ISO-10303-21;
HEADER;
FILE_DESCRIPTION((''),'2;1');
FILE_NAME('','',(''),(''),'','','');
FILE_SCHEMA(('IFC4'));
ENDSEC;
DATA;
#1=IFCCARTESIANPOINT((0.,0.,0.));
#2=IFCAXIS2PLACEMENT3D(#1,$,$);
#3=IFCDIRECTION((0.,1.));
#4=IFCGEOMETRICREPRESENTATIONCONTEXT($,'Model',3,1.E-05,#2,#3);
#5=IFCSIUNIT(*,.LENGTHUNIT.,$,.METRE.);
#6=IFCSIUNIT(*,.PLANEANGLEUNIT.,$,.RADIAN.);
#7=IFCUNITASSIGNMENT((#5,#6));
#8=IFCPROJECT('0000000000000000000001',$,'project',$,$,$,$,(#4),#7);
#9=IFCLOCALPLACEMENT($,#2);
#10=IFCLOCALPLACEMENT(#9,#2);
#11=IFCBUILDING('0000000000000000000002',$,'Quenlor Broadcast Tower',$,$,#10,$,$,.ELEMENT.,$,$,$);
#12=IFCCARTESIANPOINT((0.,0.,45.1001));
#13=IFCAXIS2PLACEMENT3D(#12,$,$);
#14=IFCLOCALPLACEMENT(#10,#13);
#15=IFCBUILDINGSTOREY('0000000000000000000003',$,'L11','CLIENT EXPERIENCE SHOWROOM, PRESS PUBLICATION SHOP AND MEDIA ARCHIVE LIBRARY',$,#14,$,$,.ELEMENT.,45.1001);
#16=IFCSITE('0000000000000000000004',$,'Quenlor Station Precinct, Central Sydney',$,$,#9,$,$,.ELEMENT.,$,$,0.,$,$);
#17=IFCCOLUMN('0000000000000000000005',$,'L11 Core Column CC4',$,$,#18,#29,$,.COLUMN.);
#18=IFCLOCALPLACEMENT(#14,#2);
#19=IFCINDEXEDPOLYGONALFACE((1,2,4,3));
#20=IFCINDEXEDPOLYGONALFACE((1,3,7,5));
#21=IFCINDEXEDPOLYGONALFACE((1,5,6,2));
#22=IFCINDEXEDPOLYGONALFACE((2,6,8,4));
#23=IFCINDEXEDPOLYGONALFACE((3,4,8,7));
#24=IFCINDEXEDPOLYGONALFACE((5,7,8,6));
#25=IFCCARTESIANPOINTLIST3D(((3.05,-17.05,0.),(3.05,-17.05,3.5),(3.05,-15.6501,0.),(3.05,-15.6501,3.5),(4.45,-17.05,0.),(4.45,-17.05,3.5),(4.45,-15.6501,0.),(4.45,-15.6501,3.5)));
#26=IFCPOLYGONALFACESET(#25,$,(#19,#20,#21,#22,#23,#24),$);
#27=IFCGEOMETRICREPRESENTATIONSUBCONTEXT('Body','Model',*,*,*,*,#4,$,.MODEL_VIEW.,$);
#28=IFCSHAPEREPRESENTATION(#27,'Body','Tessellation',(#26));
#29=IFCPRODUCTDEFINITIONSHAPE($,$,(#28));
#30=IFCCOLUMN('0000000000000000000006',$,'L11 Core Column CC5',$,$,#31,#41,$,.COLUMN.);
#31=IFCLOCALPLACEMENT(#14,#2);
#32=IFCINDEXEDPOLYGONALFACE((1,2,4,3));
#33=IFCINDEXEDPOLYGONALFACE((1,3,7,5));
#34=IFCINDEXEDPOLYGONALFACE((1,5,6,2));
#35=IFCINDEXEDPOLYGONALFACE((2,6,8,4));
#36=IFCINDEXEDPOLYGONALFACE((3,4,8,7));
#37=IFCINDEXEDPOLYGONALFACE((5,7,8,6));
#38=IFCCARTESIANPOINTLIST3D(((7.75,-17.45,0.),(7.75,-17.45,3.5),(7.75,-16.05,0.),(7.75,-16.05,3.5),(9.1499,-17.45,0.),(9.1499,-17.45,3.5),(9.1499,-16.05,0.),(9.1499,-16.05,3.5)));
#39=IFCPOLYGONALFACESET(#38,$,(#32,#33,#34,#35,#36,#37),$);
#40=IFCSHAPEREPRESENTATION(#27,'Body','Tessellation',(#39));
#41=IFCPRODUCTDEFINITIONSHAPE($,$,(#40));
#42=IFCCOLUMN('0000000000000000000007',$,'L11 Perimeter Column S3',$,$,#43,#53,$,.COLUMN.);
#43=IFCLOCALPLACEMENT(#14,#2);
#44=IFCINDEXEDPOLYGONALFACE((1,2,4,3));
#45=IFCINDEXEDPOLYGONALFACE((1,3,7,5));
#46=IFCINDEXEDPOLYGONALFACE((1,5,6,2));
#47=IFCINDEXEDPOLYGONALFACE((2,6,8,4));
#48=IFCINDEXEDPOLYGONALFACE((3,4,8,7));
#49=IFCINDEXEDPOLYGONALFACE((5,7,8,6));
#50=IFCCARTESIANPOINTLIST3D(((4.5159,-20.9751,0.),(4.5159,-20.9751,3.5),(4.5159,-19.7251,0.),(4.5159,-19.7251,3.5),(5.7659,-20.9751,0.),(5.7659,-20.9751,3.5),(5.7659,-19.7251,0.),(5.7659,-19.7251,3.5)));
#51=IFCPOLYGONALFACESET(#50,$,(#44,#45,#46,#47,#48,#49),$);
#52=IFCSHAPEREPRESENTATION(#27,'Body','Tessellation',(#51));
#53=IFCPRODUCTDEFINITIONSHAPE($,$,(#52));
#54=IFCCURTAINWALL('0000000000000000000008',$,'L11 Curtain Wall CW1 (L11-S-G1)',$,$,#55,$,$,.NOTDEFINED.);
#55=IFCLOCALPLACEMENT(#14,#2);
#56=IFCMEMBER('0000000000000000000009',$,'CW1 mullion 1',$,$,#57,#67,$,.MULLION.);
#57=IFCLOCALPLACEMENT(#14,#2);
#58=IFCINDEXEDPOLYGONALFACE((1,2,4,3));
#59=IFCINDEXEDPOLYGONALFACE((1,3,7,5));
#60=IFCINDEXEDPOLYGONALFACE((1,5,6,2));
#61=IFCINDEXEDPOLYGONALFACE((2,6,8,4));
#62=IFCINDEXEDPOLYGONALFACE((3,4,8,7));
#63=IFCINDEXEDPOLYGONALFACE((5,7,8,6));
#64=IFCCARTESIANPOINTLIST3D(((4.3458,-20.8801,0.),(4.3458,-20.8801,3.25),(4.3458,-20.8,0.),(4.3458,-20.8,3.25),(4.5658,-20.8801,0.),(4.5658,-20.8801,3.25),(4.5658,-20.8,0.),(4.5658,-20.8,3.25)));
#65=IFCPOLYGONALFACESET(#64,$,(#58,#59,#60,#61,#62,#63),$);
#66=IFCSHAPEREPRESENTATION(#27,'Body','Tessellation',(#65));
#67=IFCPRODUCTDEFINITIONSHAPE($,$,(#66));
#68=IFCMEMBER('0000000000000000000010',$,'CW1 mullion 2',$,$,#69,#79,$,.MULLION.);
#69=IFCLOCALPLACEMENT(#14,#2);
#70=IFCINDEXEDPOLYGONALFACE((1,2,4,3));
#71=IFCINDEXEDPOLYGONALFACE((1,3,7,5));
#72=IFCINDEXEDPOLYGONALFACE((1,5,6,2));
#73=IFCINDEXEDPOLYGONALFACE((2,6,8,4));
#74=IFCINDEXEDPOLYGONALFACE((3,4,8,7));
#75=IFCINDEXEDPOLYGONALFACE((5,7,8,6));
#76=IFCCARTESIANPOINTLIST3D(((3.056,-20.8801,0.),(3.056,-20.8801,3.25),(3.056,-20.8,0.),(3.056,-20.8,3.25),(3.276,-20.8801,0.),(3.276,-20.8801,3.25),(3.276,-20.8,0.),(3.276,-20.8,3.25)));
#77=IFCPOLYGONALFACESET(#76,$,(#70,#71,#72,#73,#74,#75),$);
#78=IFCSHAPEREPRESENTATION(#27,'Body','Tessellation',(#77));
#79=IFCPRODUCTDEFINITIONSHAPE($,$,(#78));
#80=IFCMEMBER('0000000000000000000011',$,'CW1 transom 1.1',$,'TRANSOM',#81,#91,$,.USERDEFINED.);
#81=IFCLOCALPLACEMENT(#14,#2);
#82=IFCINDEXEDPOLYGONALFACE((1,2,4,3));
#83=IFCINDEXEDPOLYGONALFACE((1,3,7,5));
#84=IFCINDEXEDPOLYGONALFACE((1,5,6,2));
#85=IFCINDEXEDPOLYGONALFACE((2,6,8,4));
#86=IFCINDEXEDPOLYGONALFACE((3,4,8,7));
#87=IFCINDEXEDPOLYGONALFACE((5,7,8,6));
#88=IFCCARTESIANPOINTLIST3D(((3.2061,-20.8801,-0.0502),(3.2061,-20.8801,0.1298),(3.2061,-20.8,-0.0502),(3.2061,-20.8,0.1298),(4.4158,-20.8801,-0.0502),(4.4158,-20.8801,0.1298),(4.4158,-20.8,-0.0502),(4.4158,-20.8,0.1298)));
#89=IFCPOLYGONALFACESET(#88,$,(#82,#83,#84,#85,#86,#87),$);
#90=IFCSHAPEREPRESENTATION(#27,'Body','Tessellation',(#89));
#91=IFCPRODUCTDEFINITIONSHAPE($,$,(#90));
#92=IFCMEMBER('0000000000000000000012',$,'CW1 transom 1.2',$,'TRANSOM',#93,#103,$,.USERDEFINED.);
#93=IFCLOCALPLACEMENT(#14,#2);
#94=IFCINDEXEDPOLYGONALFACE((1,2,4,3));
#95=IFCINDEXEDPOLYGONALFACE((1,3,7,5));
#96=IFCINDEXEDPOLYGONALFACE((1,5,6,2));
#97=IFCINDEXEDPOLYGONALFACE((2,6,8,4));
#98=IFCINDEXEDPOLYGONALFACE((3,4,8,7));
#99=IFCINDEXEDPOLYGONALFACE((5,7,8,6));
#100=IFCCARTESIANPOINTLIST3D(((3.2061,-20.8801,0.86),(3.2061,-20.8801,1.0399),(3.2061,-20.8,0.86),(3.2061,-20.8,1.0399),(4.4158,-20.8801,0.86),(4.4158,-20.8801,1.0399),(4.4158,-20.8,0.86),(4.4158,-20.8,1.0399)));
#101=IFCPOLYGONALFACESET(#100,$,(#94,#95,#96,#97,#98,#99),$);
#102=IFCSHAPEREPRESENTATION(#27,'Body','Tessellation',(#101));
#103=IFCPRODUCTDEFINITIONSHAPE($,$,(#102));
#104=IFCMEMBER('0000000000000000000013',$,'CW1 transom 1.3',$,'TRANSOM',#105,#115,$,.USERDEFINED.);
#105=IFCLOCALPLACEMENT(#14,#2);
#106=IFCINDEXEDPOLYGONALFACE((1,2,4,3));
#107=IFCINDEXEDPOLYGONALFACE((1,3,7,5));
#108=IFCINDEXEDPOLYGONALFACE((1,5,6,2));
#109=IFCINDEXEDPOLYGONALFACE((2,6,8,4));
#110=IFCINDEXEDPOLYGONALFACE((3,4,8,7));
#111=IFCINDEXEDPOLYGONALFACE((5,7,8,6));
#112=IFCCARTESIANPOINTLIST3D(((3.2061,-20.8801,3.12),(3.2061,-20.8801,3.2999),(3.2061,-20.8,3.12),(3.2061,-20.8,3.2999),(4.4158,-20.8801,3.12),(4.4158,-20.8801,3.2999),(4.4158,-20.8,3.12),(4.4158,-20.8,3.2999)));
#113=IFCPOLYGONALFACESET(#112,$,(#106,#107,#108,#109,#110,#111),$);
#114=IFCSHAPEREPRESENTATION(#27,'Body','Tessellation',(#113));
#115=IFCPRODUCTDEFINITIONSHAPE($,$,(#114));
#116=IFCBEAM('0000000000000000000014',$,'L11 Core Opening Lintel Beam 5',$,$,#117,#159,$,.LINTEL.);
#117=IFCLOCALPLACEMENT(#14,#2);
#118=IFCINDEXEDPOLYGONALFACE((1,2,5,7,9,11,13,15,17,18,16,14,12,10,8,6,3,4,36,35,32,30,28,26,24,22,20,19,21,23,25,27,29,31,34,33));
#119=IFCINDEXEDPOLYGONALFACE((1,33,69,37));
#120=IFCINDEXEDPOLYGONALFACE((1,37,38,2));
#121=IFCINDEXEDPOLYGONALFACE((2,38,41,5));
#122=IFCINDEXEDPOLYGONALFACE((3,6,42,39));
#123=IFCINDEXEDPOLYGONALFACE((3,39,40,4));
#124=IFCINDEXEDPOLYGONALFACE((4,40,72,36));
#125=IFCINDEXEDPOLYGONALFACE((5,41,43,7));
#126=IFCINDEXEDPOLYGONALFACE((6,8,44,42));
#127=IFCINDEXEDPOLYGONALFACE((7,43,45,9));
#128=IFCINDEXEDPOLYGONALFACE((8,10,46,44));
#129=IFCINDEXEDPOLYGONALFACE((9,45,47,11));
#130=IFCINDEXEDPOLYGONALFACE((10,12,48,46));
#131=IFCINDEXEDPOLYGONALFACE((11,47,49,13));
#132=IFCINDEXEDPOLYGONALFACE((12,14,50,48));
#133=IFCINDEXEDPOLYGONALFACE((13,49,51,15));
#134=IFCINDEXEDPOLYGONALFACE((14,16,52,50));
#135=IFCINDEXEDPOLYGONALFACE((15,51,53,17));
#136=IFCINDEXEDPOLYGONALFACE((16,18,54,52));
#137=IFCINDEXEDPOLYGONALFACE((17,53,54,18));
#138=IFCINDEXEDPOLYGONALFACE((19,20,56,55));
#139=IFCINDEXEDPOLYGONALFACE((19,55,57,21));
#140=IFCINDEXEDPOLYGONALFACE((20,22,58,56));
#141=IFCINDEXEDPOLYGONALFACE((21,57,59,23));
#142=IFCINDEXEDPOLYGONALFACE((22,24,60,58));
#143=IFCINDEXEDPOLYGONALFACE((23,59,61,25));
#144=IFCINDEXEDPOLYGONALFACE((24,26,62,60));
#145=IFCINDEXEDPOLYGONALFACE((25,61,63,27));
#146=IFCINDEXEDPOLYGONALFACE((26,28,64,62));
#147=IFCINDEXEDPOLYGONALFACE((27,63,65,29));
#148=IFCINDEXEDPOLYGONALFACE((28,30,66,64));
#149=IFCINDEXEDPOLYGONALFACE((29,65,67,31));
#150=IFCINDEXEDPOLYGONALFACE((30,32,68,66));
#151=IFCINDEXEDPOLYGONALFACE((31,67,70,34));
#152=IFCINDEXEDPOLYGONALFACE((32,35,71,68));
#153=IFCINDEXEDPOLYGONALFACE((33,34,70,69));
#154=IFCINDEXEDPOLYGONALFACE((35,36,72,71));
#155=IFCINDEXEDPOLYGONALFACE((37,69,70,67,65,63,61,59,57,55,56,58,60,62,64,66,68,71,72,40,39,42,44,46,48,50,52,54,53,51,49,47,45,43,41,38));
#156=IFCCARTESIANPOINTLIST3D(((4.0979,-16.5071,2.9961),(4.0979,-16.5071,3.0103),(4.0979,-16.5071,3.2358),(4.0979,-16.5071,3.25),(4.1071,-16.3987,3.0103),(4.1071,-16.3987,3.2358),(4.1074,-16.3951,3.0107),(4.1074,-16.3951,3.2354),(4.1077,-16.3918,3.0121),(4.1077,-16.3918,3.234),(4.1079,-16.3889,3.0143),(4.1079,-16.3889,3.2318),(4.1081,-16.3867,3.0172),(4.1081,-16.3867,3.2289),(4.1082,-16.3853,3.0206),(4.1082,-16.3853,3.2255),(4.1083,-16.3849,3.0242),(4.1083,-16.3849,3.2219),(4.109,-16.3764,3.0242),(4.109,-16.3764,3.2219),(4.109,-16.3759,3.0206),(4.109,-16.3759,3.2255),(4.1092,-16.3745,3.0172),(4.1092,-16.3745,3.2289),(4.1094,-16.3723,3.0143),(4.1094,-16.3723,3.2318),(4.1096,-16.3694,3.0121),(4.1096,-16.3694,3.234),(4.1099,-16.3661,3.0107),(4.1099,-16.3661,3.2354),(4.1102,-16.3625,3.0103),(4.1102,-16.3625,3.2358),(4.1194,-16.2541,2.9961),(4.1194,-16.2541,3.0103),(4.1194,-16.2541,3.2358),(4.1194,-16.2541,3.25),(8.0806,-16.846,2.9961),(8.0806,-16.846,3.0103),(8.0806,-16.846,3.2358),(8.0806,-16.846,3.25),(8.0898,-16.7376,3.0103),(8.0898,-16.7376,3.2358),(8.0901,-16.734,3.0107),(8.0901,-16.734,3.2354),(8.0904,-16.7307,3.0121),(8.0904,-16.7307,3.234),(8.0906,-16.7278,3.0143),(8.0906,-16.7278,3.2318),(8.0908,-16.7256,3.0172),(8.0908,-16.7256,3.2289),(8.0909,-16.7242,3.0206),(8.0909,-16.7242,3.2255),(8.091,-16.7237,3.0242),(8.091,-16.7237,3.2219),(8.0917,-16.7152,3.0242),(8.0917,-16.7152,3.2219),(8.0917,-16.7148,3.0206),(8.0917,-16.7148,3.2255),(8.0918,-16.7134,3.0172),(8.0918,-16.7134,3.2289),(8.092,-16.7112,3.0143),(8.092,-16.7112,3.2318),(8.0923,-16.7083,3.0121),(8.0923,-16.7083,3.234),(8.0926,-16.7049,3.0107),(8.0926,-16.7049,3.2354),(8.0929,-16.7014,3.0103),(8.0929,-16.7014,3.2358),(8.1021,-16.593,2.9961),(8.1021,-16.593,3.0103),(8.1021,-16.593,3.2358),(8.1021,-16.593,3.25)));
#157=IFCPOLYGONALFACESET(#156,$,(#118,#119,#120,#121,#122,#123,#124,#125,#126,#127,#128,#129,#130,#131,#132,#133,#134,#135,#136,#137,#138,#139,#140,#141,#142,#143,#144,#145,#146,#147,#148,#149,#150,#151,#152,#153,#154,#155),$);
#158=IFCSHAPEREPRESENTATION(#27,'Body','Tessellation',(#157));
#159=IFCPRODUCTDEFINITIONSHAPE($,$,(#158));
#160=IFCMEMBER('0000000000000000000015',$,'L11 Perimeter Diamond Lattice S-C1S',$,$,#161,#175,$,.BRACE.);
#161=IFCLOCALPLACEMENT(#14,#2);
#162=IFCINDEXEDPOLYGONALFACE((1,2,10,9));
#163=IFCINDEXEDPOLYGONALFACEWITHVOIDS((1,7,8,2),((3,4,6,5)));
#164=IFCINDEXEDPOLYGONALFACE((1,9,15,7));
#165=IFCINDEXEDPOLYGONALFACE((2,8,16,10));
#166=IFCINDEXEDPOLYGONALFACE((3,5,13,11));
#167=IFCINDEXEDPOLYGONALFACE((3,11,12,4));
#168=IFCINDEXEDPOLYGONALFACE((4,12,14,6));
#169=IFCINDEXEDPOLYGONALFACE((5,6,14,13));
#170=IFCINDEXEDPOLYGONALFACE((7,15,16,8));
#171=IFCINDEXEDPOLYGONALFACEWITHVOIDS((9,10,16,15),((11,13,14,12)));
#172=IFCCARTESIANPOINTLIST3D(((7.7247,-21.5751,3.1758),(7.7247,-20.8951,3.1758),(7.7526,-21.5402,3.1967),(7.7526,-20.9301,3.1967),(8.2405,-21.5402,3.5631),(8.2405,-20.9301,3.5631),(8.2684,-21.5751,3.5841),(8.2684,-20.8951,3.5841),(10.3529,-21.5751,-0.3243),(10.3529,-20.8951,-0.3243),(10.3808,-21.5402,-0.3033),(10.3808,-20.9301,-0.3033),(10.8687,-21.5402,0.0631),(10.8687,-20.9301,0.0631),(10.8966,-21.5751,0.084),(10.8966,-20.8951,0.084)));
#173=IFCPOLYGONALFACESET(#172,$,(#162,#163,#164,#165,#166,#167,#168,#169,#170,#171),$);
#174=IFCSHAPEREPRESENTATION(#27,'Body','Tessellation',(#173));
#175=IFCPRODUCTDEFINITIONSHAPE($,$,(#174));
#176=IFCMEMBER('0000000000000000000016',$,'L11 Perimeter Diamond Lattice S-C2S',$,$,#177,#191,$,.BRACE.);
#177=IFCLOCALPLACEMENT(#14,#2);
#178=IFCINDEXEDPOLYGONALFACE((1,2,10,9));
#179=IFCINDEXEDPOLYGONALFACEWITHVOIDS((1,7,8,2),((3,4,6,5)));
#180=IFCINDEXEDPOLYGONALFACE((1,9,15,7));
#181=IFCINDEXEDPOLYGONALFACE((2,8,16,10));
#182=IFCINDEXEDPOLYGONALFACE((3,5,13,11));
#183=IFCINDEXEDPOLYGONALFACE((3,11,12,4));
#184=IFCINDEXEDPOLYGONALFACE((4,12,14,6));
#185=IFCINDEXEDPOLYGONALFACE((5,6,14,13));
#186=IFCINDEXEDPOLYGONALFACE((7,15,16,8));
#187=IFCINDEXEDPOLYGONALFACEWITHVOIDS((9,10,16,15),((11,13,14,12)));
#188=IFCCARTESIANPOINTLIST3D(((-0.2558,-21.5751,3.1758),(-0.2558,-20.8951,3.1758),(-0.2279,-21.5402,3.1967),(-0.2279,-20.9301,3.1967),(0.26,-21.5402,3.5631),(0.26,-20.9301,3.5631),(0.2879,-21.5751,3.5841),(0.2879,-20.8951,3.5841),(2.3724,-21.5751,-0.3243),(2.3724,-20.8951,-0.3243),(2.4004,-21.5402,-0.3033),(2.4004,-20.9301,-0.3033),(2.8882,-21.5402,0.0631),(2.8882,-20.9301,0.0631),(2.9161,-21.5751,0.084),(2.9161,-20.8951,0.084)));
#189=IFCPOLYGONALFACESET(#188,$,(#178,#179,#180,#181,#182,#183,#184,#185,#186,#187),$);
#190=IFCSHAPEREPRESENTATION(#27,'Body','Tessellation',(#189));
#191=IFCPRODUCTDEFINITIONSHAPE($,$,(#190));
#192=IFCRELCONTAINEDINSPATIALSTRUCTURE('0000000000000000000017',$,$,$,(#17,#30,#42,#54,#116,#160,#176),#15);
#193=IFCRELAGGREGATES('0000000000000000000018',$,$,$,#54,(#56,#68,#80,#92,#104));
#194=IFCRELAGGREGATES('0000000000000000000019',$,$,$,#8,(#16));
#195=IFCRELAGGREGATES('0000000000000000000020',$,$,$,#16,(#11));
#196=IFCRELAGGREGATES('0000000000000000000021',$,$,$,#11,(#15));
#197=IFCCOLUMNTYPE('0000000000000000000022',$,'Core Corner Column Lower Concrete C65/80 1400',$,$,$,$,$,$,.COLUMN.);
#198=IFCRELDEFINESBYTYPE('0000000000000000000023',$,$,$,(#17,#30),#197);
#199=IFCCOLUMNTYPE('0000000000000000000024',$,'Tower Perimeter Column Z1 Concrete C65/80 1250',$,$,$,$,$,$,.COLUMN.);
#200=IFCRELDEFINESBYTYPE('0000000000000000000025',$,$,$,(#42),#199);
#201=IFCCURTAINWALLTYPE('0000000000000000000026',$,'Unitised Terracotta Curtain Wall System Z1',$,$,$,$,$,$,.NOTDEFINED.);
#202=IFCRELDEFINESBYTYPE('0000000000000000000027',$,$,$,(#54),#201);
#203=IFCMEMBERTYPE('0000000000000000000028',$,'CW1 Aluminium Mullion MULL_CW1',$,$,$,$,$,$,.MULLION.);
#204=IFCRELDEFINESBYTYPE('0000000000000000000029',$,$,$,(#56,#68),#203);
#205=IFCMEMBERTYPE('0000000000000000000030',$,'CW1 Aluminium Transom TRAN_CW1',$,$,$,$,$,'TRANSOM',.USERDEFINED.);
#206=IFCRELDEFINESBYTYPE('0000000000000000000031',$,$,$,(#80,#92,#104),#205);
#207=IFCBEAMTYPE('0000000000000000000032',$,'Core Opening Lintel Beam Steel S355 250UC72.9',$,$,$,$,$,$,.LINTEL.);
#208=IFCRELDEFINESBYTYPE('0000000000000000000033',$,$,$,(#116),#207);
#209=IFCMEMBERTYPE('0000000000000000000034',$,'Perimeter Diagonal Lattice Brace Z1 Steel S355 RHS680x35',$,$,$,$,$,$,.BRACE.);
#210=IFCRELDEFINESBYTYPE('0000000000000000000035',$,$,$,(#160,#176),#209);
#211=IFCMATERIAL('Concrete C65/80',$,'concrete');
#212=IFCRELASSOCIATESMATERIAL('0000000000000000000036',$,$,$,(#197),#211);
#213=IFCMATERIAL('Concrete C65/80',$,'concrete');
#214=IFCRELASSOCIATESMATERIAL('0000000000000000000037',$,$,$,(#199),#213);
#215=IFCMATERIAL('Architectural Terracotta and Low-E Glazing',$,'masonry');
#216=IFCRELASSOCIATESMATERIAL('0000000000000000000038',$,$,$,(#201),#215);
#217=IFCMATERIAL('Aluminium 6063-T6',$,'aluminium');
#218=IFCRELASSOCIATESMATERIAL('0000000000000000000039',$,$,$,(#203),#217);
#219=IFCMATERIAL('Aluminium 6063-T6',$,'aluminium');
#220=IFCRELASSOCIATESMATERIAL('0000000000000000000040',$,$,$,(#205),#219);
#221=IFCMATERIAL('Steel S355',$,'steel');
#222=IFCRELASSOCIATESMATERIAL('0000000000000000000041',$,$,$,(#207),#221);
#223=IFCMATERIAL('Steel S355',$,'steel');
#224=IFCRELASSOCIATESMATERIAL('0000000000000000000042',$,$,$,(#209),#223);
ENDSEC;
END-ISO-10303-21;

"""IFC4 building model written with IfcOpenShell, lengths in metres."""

from ifc_helpers import new_model, si_unit, direction, frame, origin, origin_2d, place, context, subcontext, project, spatial, rectangle, hollow_rectangle, i_section, extrude, material, material_profile, profile_set, type_object, element, aggregate, save


model = new_model("IFC4")

# Units and contexts
model_context = context("Model", 3, precision=1e-05, world=origin(), true_north=direction((0.0, 1.0)))
body_context = subcontext(model_context, "Body", "Model", "MODEL_VIEW")
ifc_project = project(units=[si_unit("LENGTHUNIT", "METRE"), si_unit("PLANEANGLEUNIT", "RADIAN")], contexts=[model_context])

# Site, building, storey
site_placement = place(None, origin())
site = spatial("IfcSite", under=ifc_project, at=site_placement, Name="Quenlor Station Precinct, Central Sydney", CompositionType="ELEMENT", RefElevation=0.0)
building_placement = place(site_placement, origin())
building = spatial("IfcBuilding", under=site, at=building_placement, Name="Quenlor Broadcast Tower", CompositionType="ELEMENT")
storey_placement = place(building_placement, frame((0.0, 0.0, 45.1001)))
storey = spatial("IfcBuildingStorey", under=building, at=storey_placement, Name="L11", Description="CLIENT EXPERIENCE SHOWROOM, PRESS PUBLICATION SHOP AND MEDIA ARCHIVE LIBRARY", CompositionType="ELEMENT", Elevation=45.1001)

# Columns
ifc_material_1 = material(Name="Concrete C65/80", Category="concrete")
ifc_material_profile_1 = material_profile(ifc_material_1, rectangle(XDim=1.3999, YDim=1.3999, at=origin_2d()))
ifc_profile_set_1 = profile_set([ifc_material_profile_1], Name="Concrete C65/80 RC1400x1400")
column_type_1 = type_object("IfcColumnType", Name="Core Corner Column Lower Concrete C65/80 1400", PredefinedType="COLUMN", material=ifc_profile_set_1)
for number, where, z_axis, x_axis, name in (
    (1, (3.75, -16.3501, 0.0), (0.0, 0.0, 1.0), (1.0, 0.0, 0.0), "L11 Core Column CC4"),
    (2, (8.45, -16.75, 0.0), (0.0, 0.0, 1.0), (1.0, 0.0, 0.0), "L11 Core Column CC5"),
):
    element("IfcColumn", number, at=place(storey_placement, frame(where, z_axis=z_axis, x_axis=x_axis)), inside=storey, type_object=column_type_1, Name=name, PredefinedType="COLUMN", context=body_context, shape_type="SweptSolid", body=[
        extrude(rectangle(XDim=1.3999, YDim=1.3999, at=origin_2d()), origin(), (0.0, 0.0, 1.0), 3.5),
    ])
ifc_material_2 = material(Name="Concrete C65/80", Category="concrete")
ifc_material_profile_2 = material_profile(ifc_material_2, rectangle(XDim=1.25, YDim=1.25, at=origin_2d()))
ifc_profile_set_2 = profile_set([ifc_material_profile_2], Name="Concrete C65/80 RC1250x1250")
column_type_2 = type_object("IfcColumnType", Name="Tower Perimeter Column Z1 Concrete C65/80 1250", PredefinedType="COLUMN", material=ifc_profile_set_2)
column_placement = place(storey_placement, frame((5.1409, -20.3501, 0.0), z_axis=(0.0, 0.0, 1.0), x_axis=(0.0, 1.0, 0.0)))
element("IfcColumn", 3, at=column_placement, inside=storey, type_object=column_type_2, Name="L11 Perimeter Column S3", PredefinedType="COLUMN", context=body_context, shape_type="SweptSolid", body=[
    extrude(rectangle(XDim=1.25, YDim=1.25, at=origin_2d()), origin(), (0.0, 0.0, 1.0), 3.5),
])

# Curtain wall, members
ifc_material_3 = material(Name="Architectural Terracotta and Low-E Glazing", Category="masonry")
curtain_wall_type = type_object("IfcCurtainWallType", Name="Unitised Terracotta Curtain Wall System Z1", PredefinedType="NOTDEFINED", material=ifc_material_3)
curtain_wall_placement = place(storey_placement, origin())
curtain_wall = element("IfcCurtainWall", 4, at=curtain_wall_placement, inside=storey, type_object=curtain_wall_type, Name="L11 Curtain Wall CW1 (L11-S-G1)", PredefinedType="NOTDEFINED")
ifc_material_4 = material(Name="Aluminium 6063-T6", Category="aluminium")
ifc_material_profile_3 = material_profile(ifc_material_4, rectangle(XDim=0.0801, YDim=0.22, at=origin_2d()))
ifc_profile_set_3 = profile_set([ifc_material_profile_3], Name="Aluminium 6063-T6 MULL80x220")
member_type_1 = type_object("IfcMemberType", Name="CW1 Aluminium Mullion MULL_CW1", PredefinedType="MULLION", material=ifc_profile_set_3)
member_1_placement = place(storey_placement, frame((4.4558, -20.8401, 0.0), z_axis=(0.0, 0.0, 1.0), x_axis=(0.0, -1.0, 0.0)))
member_1 = element("IfcMember", 5, at=member_1_placement, type_object=member_type_1, Name="CW1 mullion 1", PredefinedType="MULLION", context=body_context, shape_type="SweptSolid", body=[
    extrude(rectangle(XDim=0.0801, YDim=0.22, at=origin_2d()), origin(), (0.0, 0.0, 1.0), 3.25),
])
member_2_placement = place(storey_placement, frame((3.166, -20.8401, 0.0), z_axis=(0.0, 0.0, 1.0), x_axis=(0.0, -1.0, 0.0)))
member_2 = element("IfcMember", 6, at=member_2_placement, type_object=member_type_1, Name="CW1 mullion 2", PredefinedType="MULLION", context=body_context, shape_type="SweptSolid", body=[
    extrude(rectangle(XDim=0.0801, YDim=0.22, at=origin_2d()), origin(), (0.0, 0.0, 1.0), 3.25),
])
ifc_material_5 = material(Name="Aluminium 6063-T6", Category="aluminium")
ifc_material_profile_4 = material_profile(ifc_material_5, rectangle(XDim=0.0801, YDim=0.1799, at=origin_2d()))
ifc_profile_set_4 = profile_set([ifc_material_profile_4], Name="Aluminium 6063-T6 TRAN80x180")
member_type_2 = type_object("IfcMemberType", Name="CW1 Aluminium Transom TRAN_CW1", ElementType="TRANSOM", PredefinedType="USERDEFINED", material=ifc_profile_set_4)
member_3_placement = place(storey_placement, frame((4.4158, -20.8401, 0.0398), z_axis=(-1.0, 0.0, 0.0), x_axis=(0.0, -1.0, 0.0)))
member_3 = element("IfcMember", 7, at=member_3_placement, type_object=member_type_2, Name="CW1 transom 1.1", ObjectType="TRANSOM", PredefinedType="USERDEFINED", context=body_context, shape_type="SweptSolid", body=[
    extrude(rectangle(XDim=0.0801, YDim=0.1799, at=origin_2d()), origin(), (0.0, 0.0, 1.0), 1.2097),
])
member_4_placement = place(storey_placement, frame((4.4158, -20.8401, 0.95), z_axis=(-1.0, 0.0, 0.0), x_axis=(0.0, -1.0, 0.0)))
member_4 = element("IfcMember", 8, at=member_4_placement, type_object=member_type_2, Name="CW1 transom 1.2", ObjectType="TRANSOM", PredefinedType="USERDEFINED", context=body_context, shape_type="SweptSolid", body=[
    extrude(rectangle(XDim=0.0801, YDim=0.1799, at=origin_2d()), origin(), (0.0, 0.0, 1.0), 1.2097),
])
member_5_placement = place(storey_placement, frame((4.4158, -20.8401, 3.21), z_axis=(-1.0, 0.0, 0.0), x_axis=(0.0, -1.0, 0.0)))
member_5 = element("IfcMember", 9, at=member_5_placement, type_object=member_type_2, Name="CW1 transom 1.3", ObjectType="TRANSOM", PredefinedType="USERDEFINED", context=body_context, shape_type="SweptSolid", body=[
    extrude(rectangle(XDim=0.0801, YDim=0.1799, at=origin_2d()), origin(), (0.0, 0.0, 1.0), 1.2097),
])

# Beam
ifc_material_6 = material(Name="Steel S355", Category="steel")
ifc_material_profile_5 = material_profile(ifc_material_6, i_section(OverallWidth=0.2539, OverallDepth=0.2539, WebThickness=0.0085, FlangeThickness=0.0142, FilletRadius=0.0139, at=origin_2d()))
ifc_profile_set_5 = profile_set([ifc_material_profile_5], Name="Steel S355 250UC72.9")
beam_type_1 = type_object("IfcBeamType", Name="Core Opening Lintel Beam Steel S355 250UC72.9", PredefinedType="LINTEL", material=ifc_profile_set_5)
beam_1_placement = place(storey_placement, frame((4.1086, -16.3806, 3.123), z_axis=(0.9964, -0.084779, 0.0), x_axis=(0.084779, 0.9964, 0.0)))
element("IfcBeam", 10, at=beam_1_placement, inside=storey, type_object=beam_type_1, Name="L11 Core Opening Lintel Beam 5", PredefinedType="LINTEL", context=body_context, shape_type="SweptSolid", body=[
    extrude(i_section(OverallWidth=0.2539, OverallDepth=0.2539, WebThickness=0.0085, FlangeThickness=0.0142, FilletRadius=0.0139, at=origin_2d()), origin(), (0.0, 0.0, 1.0), 3.9971),
])

# Members
ifc_material_7 = material(Name="Steel S355", Category="steel")
ifc_material_profile_6 = material_profile(ifc_material_7, hollow_rectangle(XDim=0.6799, YDim=0.6799, WallThickness=0.0349, at=origin_2d()))
ifc_profile_set_6 = profile_set([ifc_material_profile_6], Name="Steel S355 RHS680x680x35")
member_type_3 = type_object("IfcMemberType", Name="Perimeter Diagonal Lattice Brace Z1 Steel S355 RHS680x35", PredefinedType="BRACE", material=ifc_profile_set_6)
for number, where, z_axis, x_axis, name in (
    (11, (10.6248, -21.2351, -0.1201), (-0.600464, 0.0, 0.799652), (0.0, -1.0, 0.0), "L11 Perimeter Diamond Lattice S-C1S"),
    (12, (2.6443, -21.2351, -0.1201), (-0.600464, 0.0, 0.799652), (0.0, -1.0, 0.0), "L11 Perimeter Diamond Lattice S-C2S"),
):
    element("IfcMember", number, at=place(storey_placement, frame(where, z_axis=z_axis, x_axis=x_axis)), inside=storey, type_object=member_type_3, Name=name, PredefinedType="BRACE", context=body_context, shape_type="SweptSolid", body=[
        extrude(hollow_rectangle(XDim=0.6799, YDim=0.6799, WallThickness=0.0349, at=origin_2d()), origin(), (0.0, 0.0, 1.0), 4.377),
    ])

aggregate(curtain_wall, [member_1, member_2, member_3, member_4, member_5])

save(model, "model.ifc")
